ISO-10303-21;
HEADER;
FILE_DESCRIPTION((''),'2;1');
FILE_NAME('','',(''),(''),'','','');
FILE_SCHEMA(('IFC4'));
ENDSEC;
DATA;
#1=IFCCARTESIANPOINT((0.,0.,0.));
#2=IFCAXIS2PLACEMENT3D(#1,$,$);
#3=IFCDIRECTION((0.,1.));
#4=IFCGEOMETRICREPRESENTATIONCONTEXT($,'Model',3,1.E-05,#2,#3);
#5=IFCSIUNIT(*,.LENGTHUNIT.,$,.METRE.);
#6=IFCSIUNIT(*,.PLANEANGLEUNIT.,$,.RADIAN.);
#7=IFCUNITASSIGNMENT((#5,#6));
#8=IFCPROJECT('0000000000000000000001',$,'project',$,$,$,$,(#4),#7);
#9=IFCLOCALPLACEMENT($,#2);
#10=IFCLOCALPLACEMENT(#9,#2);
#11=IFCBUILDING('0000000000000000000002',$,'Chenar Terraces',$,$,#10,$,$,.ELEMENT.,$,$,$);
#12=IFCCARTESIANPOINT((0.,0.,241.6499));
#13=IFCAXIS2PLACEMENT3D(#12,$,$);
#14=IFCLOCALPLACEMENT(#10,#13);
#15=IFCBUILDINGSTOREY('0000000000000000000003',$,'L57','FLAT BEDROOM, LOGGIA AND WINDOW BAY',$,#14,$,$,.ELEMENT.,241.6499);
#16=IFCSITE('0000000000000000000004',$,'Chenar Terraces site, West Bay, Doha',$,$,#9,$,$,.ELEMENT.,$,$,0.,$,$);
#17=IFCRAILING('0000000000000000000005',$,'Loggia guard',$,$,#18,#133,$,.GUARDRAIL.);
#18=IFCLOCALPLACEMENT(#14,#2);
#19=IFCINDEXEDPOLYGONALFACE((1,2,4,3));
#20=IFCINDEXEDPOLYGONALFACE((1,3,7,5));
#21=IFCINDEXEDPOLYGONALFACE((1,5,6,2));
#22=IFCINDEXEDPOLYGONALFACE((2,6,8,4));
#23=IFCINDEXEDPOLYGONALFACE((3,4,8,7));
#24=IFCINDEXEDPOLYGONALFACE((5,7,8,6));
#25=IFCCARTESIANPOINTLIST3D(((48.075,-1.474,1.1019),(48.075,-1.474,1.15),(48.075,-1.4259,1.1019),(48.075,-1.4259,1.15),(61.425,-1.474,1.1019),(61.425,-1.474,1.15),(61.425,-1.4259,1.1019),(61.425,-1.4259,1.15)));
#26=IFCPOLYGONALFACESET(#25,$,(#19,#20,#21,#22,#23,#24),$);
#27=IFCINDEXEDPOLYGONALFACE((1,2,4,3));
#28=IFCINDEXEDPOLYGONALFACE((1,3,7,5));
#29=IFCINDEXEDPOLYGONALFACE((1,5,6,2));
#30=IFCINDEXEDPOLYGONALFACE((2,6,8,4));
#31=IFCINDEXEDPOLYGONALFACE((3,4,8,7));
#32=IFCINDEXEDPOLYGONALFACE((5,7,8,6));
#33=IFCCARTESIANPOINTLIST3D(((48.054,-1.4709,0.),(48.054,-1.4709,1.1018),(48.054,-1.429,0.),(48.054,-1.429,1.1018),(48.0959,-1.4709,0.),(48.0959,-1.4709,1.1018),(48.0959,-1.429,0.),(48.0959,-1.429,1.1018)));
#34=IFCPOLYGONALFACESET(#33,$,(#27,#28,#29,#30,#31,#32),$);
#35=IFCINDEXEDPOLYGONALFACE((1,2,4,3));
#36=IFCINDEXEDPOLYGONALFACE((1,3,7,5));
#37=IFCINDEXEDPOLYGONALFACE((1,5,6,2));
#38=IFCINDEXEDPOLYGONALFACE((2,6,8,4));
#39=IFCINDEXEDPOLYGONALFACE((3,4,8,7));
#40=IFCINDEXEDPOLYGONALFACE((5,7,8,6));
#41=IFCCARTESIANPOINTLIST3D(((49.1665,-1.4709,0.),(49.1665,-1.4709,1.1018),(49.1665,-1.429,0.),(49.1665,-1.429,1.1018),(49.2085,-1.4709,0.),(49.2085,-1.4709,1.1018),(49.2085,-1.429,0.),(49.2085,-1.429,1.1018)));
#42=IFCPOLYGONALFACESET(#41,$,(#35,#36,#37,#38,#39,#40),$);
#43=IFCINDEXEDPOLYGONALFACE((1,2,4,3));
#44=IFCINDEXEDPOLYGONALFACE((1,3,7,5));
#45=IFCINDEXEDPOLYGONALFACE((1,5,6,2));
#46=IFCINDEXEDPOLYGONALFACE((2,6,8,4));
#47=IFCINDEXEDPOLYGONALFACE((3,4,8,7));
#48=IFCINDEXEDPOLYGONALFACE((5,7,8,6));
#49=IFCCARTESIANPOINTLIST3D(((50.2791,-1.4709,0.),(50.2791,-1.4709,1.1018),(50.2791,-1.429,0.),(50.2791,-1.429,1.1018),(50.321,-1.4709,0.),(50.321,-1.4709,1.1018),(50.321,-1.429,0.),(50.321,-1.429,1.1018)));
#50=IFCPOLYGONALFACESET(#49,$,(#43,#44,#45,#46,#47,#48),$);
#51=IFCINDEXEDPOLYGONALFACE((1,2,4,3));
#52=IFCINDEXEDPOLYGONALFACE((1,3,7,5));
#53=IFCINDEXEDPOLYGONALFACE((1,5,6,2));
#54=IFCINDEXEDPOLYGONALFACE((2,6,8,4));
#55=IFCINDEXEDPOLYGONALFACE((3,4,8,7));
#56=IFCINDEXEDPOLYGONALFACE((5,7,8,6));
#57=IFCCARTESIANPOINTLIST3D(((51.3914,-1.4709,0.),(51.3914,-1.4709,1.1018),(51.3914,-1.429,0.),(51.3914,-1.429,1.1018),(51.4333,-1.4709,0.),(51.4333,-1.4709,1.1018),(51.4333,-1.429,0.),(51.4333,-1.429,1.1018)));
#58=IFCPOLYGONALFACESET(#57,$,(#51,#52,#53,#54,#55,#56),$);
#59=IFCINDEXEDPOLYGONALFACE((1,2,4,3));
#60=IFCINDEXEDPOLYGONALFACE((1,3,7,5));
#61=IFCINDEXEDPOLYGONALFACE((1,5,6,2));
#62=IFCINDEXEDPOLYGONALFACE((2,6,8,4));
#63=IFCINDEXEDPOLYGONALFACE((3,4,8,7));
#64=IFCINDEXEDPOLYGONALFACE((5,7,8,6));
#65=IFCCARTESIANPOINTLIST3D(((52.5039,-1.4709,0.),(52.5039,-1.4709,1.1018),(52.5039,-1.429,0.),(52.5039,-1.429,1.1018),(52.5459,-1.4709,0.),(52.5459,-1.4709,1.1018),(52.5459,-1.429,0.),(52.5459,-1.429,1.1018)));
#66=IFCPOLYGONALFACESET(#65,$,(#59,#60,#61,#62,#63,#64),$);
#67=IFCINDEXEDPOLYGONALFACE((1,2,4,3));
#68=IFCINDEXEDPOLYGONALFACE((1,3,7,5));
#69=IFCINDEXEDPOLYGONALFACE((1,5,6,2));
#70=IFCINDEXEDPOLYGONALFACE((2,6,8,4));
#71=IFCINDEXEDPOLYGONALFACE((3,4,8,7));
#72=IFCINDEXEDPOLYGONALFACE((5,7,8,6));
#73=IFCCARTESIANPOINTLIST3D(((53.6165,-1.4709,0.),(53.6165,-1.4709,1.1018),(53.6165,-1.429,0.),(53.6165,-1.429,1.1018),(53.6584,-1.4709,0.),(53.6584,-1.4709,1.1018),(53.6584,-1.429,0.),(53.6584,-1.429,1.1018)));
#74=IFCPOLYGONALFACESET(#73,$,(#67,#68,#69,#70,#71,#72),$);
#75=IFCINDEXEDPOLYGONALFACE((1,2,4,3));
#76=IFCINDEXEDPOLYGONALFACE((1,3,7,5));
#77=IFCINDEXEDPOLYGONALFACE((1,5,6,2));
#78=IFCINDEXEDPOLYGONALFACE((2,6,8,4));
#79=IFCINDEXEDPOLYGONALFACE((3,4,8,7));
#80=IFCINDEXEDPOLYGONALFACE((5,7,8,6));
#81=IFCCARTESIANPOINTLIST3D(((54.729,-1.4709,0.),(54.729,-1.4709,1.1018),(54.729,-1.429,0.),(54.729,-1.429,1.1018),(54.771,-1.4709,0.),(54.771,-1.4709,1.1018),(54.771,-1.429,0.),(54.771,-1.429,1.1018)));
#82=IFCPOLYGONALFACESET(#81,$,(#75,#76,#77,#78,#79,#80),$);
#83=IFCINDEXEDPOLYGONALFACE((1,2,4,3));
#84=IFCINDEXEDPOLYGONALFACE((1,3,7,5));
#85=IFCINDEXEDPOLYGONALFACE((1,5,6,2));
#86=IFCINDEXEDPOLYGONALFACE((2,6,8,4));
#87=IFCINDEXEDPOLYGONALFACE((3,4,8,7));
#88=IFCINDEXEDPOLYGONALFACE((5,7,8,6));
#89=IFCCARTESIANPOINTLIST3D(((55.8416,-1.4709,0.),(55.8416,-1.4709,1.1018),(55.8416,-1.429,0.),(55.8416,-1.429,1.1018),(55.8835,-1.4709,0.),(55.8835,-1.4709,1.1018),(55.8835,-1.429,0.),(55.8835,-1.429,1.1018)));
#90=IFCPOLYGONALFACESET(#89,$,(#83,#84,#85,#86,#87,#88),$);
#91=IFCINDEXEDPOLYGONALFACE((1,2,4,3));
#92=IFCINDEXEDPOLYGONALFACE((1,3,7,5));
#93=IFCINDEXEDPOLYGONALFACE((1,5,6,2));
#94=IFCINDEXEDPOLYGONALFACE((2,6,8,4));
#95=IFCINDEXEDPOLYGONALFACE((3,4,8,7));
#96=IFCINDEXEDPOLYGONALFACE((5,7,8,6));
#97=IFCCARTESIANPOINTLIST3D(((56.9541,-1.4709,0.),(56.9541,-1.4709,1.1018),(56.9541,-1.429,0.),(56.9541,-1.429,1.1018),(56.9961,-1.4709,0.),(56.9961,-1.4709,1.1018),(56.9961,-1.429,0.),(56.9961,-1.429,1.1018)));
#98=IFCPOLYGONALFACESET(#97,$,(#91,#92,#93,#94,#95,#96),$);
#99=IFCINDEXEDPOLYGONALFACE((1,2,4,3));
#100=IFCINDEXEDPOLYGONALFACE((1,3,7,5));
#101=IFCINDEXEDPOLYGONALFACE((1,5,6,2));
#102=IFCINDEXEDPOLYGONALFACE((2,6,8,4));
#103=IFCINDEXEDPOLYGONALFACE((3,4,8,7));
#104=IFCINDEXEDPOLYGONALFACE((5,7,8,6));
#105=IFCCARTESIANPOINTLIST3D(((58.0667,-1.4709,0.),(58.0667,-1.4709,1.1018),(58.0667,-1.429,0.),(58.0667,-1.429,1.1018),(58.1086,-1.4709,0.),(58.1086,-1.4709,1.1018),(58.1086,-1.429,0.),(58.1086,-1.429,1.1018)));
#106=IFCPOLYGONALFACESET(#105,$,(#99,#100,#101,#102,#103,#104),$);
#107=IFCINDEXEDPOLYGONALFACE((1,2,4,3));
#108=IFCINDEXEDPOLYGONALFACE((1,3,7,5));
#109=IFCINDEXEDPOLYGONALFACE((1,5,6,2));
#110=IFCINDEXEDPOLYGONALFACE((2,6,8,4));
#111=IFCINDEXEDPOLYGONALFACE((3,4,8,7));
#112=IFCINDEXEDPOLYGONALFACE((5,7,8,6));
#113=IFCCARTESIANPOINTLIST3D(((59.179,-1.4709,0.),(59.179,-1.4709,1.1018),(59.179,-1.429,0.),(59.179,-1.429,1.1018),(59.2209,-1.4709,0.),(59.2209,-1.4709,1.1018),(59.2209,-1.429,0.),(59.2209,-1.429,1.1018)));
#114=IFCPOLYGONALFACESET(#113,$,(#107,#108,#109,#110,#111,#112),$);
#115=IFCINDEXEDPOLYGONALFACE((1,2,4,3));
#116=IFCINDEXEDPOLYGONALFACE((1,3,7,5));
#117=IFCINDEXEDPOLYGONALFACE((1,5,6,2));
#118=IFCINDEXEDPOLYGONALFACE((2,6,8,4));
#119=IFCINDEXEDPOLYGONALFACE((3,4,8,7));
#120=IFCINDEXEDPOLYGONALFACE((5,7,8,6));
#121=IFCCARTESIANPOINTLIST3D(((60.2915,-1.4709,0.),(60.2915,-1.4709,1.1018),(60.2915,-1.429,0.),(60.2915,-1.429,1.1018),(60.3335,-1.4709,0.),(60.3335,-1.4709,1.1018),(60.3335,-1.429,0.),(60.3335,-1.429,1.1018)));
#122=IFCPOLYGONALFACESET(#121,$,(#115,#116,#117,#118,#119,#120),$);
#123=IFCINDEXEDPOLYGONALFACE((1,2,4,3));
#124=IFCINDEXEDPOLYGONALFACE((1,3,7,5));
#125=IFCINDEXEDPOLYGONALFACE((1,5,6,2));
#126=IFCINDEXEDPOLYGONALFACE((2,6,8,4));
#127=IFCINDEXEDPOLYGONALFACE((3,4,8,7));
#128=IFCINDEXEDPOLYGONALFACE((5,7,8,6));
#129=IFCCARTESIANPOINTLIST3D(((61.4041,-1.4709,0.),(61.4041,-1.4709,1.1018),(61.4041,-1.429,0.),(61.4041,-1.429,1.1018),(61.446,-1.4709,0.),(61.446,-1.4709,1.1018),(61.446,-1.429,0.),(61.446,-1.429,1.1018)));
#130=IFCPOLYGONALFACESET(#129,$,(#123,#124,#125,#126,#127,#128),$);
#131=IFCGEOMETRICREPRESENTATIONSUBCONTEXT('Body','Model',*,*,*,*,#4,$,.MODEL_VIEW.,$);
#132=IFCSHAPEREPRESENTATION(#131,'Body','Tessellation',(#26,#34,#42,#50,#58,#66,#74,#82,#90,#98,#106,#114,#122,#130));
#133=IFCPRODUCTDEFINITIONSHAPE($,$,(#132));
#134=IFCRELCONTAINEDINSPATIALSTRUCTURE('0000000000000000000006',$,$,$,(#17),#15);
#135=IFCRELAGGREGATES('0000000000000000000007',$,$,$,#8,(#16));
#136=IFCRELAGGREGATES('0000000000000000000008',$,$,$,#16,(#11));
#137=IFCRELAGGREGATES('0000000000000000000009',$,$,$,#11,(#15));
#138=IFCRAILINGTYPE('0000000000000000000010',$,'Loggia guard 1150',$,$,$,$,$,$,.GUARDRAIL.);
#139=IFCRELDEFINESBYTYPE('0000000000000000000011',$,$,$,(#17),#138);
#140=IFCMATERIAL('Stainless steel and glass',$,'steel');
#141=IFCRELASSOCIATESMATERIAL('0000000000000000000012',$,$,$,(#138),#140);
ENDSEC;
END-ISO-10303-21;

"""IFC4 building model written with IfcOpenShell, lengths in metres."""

from ifc_helpers import new_model, si_unit, direction, frame, origin, origin_2d, place, context, subcontext, project, spatial, rectangle, extrude, material, type_object, element, save


model = new_model("IFC4")

# Units and contexts
model_context = context("Model", 3, precision=1e-05, world=origin(), true_north=direction((0.0, 1.0)))
body_context = subcontext(model_context, "Body", "Model", "MODEL_VIEW")
ifc_project = project(units=[si_unit("LENGTHUNIT", "METRE"), si_unit("PLANEANGLEUNIT", "RADIAN")], contexts=[model_context])

# Site, building, storey
site_placement = place(None, origin())
site = spatial("IfcSite", under=ifc_project, at=site_placement, Name="Chenar Terraces site, West Bay, Doha", CompositionType="ELEMENT", RefElevation=0.0)
building_placement = place(site_placement, origin())
building = spatial("IfcBuilding", under=site, at=building_placement, Name="Chenar Terraces", CompositionType="ELEMENT")
storey_placement = place(building_placement, frame((0.0, 0.0, 241.6499)))
storey = spatial("IfcBuildingStorey", under=building, at=storey_placement, Name="L57", Description="FLAT BEDROOM, LOGGIA AND WINDOW BAY", CompositionType="ELEMENT", Elevation=241.6499)

# Railing
ifc_material_1 = material(Name="Stainless steel and glass", Category="steel")
railing_type = type_object("IfcRailingType", Name="Loggia guard 1150", PredefinedType="GUARDRAIL", material=ifc_material_1)
railing_placement = place(storey_placement, frame((48.075, -1.45, 0.0)))
element("IfcRailing", 1, at=railing_placement, inside=storey, type_object=railing_type, Name="Loggia guard", PredefinedType="GUARDRAIL", context=body_context, shape_type="SweptSolid", body=[
    extrude(rectangle(XDim=0.0481, YDim=0.0481, at=origin_2d()), frame((0.0, 0.0, 1.126), z_axis=(1.0, 0.0, 0.0), x_axis=(0.0, 1.0, 0.0)), (0.0, 0.0, 1.0), 13.3501),
    extrude(rectangle(XDim=0.042, YDim=0.042, at=origin_2d()), origin(), (0.0, 0.0, 1.0), 1.1018),
    extrude(rectangle(XDim=0.042, YDim=0.042, at=origin_2d()), frame((1.1125, 0.0, 0.0)), (0.0, 0.0, 1.0), 1.1018),
    extrude(rectangle(XDim=0.042, YDim=0.042, at=origin_2d()), frame((2.2251, 0.0, 0.0)), (0.0, 0.0, 1.0), 1.1018),
    extrude(rectangle(XDim=0.042, YDim=0.042, at=origin_2d()), frame((3.3374, 0.0, 0.0)), (0.0, 0.0, 1.0), 1.1018),
    extrude(rectangle(XDim=0.042, YDim=0.042, at=origin_2d()), frame((4.45, 0.0, 0.0)), (0.0, 0.0, 1.0), 1.1018),
    extrude(rectangle(XDim=0.042, YDim=0.042, at=origin_2d()), frame((5.5625, 0.0, 0.0)), (0.0, 0.0, 1.0), 1.1018),
    extrude(rectangle(XDim=0.042, YDim=0.042, at=origin_2d()), frame((6.675, 0.0, 0.0)), (0.0, 0.0, 1.0), 1.1018),
    extrude(rectangle(XDim=0.042, YDim=0.042, at=origin_2d()), frame((7.7876, 0.0, 0.0)), (0.0, 0.0, 1.0), 1.1018),
    extrude(rectangle(XDim=0.042, YDim=0.042, at=origin_2d()), frame((8.9001, 0.0, 0.0)), (0.0, 0.0, 1.0), 1.1018),
    extrude(rectangle(XDim=0.042, YDim=0.042, at=origin_2d()), frame((10.0127, 0.0, 0.0)), (0.0, 0.0, 1.0), 1.1018),
    extrude(rectangle(XDim=0.042, YDim=0.042, at=origin_2d()), frame((11.125, 0.0, 0.0)), (0.0, 0.0, 1.0), 1.1018),
    extrude(rectangle(XDim=0.042, YDim=0.042, at=origin_2d()), frame((12.2375, 0.0, 0.0)), (0.0, 0.0, 1.0), 1.1018),
    extrude(rectangle(XDim=0.042, YDim=0.042, at=origin_2d()), frame((13.3501, 0.0, 0.0)), (0.0, 0.0, 1.0), 1.1018),
])

save(model, "model.ifc")
